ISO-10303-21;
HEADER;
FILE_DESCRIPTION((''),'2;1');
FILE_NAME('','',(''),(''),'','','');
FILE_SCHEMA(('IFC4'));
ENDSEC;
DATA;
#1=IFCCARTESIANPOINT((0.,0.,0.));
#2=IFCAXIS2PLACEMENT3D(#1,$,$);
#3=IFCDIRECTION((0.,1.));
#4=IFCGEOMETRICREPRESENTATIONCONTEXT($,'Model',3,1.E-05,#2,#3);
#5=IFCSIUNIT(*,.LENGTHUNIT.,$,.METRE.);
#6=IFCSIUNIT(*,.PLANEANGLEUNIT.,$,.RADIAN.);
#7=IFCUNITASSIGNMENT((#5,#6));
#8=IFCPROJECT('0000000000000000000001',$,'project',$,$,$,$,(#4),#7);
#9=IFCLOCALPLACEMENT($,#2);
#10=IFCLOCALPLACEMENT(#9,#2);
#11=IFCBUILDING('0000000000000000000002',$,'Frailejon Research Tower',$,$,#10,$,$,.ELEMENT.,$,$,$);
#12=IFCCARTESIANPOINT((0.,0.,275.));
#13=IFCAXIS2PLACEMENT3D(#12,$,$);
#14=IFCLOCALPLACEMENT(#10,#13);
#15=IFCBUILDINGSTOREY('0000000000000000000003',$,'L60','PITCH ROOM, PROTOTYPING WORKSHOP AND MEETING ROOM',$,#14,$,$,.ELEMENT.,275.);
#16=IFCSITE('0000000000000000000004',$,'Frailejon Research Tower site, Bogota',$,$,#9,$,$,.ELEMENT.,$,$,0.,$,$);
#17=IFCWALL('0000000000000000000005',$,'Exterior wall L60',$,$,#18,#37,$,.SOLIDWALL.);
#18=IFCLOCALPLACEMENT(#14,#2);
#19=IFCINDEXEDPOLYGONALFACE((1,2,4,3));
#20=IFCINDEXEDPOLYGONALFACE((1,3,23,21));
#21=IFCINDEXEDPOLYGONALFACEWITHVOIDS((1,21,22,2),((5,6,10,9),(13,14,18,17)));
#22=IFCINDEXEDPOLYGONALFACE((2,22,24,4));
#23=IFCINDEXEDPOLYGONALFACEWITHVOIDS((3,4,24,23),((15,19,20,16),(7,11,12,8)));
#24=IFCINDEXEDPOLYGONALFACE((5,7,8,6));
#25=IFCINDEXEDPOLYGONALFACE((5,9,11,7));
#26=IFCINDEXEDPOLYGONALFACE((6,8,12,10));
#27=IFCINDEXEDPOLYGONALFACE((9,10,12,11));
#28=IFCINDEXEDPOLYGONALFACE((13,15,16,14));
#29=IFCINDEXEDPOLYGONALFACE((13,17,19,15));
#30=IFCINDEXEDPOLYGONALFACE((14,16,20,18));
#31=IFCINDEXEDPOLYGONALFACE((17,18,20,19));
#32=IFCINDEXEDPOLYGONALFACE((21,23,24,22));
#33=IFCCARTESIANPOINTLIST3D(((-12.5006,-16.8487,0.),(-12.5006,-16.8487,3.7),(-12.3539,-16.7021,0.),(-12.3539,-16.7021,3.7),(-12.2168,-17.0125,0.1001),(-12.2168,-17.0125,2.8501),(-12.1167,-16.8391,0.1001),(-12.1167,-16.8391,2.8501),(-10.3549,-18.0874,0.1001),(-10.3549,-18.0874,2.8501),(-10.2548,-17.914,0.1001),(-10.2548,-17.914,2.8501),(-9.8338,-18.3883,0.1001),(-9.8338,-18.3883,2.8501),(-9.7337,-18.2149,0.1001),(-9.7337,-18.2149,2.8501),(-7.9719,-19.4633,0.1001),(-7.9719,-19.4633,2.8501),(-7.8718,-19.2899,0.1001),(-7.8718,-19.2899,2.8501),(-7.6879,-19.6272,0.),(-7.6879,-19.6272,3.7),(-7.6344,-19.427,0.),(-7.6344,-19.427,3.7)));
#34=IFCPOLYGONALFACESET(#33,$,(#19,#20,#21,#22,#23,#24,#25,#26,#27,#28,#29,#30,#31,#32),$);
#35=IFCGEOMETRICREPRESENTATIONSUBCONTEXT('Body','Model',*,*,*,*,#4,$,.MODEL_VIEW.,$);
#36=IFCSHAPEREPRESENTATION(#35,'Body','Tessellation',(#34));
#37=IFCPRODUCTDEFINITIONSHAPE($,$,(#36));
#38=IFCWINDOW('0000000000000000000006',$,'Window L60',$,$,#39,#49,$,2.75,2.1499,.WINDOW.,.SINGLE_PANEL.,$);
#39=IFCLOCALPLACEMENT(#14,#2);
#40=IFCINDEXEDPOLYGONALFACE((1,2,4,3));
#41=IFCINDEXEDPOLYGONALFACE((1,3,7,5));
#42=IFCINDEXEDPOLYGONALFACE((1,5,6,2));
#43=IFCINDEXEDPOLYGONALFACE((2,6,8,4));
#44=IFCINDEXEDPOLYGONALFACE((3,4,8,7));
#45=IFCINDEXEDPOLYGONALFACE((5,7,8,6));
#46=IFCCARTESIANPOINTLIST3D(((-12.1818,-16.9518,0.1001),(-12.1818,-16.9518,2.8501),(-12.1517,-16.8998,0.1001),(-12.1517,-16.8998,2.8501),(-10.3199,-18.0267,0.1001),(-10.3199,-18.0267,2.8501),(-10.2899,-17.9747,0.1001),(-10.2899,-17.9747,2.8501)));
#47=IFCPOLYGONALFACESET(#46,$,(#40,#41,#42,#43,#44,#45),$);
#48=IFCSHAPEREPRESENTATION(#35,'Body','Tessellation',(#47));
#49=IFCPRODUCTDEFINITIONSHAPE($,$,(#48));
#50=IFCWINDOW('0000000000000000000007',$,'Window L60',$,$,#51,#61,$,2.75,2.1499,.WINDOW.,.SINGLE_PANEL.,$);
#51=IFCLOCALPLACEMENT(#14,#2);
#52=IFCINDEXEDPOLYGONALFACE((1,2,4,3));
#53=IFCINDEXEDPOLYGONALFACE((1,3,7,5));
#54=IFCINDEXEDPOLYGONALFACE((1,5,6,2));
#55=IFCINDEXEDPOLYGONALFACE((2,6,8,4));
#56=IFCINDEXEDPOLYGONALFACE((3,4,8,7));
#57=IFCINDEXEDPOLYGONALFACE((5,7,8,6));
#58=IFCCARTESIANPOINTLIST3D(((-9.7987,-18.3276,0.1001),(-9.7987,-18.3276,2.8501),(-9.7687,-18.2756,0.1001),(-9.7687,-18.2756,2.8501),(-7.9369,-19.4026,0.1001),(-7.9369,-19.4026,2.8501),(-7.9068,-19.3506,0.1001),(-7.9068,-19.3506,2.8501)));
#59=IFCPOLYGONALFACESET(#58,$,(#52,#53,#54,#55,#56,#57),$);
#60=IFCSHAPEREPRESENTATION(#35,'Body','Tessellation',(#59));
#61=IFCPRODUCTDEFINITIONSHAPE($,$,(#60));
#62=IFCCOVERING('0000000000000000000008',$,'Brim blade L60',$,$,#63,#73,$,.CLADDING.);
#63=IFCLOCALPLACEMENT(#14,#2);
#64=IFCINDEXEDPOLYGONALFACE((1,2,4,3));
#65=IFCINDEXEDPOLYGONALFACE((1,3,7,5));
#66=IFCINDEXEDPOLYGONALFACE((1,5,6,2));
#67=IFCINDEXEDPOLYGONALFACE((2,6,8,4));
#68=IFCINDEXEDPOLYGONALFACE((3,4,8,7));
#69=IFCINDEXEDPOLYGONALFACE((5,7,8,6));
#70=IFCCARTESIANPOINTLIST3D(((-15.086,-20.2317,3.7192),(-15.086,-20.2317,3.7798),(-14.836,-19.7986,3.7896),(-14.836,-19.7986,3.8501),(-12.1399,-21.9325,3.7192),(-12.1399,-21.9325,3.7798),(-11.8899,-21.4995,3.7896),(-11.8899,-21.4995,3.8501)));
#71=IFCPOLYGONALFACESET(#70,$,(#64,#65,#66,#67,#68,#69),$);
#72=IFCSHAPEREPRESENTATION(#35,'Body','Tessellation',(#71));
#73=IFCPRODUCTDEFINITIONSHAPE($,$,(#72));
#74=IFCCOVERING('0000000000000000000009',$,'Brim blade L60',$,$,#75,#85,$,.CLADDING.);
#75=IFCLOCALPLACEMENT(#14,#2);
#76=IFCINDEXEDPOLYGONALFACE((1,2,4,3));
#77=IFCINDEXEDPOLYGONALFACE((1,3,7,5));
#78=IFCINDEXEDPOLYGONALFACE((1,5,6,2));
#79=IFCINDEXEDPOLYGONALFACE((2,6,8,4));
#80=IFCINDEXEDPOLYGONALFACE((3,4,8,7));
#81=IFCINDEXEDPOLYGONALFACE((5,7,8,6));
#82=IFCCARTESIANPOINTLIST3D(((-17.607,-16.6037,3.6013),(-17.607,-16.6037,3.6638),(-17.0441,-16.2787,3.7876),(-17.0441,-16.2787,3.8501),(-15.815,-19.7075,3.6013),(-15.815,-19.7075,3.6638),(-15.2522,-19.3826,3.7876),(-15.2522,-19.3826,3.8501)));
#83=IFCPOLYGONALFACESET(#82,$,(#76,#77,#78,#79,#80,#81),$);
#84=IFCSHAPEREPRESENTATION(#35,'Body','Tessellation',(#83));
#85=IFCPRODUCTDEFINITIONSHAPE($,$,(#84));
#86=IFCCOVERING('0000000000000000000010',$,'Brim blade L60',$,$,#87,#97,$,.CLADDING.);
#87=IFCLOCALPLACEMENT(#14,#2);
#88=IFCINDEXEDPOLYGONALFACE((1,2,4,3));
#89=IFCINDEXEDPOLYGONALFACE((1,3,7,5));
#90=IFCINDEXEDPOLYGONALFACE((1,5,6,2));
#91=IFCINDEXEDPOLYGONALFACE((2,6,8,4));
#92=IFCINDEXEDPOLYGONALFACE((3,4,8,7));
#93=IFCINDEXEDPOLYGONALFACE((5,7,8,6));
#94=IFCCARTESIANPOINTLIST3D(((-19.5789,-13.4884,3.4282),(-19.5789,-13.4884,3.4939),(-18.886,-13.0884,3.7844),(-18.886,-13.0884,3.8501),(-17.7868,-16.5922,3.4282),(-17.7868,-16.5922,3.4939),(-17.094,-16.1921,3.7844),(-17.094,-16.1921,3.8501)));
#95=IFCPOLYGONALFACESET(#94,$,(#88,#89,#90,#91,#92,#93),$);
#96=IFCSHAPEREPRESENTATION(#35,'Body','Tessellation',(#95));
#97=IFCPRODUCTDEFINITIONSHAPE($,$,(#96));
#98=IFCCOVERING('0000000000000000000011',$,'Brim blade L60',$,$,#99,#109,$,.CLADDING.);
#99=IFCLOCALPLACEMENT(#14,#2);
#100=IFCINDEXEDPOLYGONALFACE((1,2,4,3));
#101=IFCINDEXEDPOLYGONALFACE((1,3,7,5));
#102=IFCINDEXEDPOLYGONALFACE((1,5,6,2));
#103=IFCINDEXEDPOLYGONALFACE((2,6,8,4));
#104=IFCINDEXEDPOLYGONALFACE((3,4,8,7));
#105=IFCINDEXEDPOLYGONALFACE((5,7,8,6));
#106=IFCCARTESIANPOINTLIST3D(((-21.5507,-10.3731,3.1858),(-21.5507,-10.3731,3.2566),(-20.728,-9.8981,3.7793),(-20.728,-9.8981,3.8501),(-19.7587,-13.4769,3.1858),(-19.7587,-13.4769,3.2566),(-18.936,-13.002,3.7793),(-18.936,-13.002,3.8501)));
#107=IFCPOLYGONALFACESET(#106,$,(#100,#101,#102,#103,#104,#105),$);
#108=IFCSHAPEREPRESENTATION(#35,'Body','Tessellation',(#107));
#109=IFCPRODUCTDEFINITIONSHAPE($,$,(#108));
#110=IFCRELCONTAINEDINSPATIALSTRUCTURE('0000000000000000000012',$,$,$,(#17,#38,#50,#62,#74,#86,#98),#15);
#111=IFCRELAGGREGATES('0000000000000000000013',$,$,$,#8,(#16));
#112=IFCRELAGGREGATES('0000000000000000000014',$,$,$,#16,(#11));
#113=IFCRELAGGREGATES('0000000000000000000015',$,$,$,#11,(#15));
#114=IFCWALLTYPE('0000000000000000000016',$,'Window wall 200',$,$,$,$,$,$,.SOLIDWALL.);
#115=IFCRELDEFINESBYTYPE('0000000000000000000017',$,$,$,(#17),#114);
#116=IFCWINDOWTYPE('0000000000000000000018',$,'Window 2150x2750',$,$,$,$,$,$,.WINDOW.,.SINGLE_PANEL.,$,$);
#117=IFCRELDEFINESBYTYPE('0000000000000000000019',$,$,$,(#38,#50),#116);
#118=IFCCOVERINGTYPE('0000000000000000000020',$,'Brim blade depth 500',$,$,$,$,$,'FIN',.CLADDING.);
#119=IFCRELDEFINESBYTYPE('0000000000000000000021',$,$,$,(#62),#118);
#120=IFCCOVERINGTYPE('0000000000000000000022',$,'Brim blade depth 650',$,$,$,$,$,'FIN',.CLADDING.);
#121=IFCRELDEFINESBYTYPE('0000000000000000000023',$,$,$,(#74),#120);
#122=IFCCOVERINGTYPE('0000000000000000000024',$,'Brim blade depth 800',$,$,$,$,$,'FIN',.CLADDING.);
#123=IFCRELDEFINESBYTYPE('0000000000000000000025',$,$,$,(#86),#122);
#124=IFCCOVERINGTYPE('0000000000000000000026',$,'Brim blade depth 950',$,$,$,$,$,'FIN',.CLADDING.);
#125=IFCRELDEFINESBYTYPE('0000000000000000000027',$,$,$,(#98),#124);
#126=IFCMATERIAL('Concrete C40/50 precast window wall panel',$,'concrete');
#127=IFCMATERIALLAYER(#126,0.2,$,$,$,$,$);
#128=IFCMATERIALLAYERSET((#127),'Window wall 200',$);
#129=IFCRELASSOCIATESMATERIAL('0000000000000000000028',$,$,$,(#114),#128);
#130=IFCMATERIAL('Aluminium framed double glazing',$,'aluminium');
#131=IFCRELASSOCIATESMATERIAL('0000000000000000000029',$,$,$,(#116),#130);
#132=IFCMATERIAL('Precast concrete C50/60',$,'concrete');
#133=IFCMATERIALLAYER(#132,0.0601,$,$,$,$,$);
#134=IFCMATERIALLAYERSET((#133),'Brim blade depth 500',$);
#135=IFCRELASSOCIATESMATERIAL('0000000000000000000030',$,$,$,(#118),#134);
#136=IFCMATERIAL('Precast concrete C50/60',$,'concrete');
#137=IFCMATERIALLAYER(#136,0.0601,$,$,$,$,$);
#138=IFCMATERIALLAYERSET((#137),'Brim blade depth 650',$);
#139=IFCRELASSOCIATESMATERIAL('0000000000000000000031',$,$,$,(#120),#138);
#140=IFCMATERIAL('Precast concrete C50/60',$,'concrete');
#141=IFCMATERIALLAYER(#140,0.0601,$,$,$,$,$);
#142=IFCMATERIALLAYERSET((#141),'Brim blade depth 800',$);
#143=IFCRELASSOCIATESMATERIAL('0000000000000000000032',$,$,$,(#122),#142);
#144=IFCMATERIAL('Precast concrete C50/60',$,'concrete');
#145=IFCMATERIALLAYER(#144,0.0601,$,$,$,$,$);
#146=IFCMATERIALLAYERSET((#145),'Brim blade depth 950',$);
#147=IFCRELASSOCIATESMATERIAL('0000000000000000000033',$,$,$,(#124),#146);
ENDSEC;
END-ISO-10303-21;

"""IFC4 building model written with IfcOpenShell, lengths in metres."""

from ifc_helpers import new_model, si_unit, direction, frame, frame_2d, origin, place, context, subcontext, project, spatial, polyline, rectangle, outline, extrude, material, layer, layer_set, type_object, element, fill, save


model = new_model("IFC4")

# Units and contexts
model_context = context("Model", 3, precision=1e-05, world=origin(), true_north=direction((0.0, 1.0)))
body_context = subcontext(model_context, "Body", "Model", "MODEL_VIEW")
ifc_project = project(units=[si_unit("LENGTHUNIT", "METRE"), si_unit("PLANEANGLEUNIT", "RADIAN")], contexts=[model_context])

# Site, building, storey
site_placement = place(None, origin())
site = spatial("IfcSite", under=ifc_project, at=site_placement, Name="Frailejon Research Tower site, Bogota", CompositionType="ELEMENT", RefElevation=0.0)
building_placement = place(site_placement, origin())
building = spatial("IfcBuilding", under=site, at=building_placement, Name="Frailejon Research Tower", CompositionType="ELEMENT")
storey_placement = place(building_placement, frame((0.0, 0.0, 275.0)))
storey = spatial("IfcBuildingStorey", under=building, at=storey_placement, Name="L60", Description="PITCH ROOM, PROTOTYPING WORKSHOP AND MEETING ROOM", CompositionType="ELEMENT", Elevation=275.0)

# Wall, openings, windows
ifc_material_1 = material(Name="Concrete C40/50 precast window wall panel", Category="concrete")
ifc_layer_1 = layer(ifc_material_1, 0.2)
ifc_layer_set_1 = layer_set([ifc_layer_1], Name="Window wall 200")
wall_type_1 = type_object("IfcWallType", Name="Window wall 200", PredefinedType="SOLIDWALL", material=ifc_layer_set_1)
wall_1_placement = place(storey_placement, frame((-12.4272, -16.7754, 0.0), z_axis=(0.0, 0.0, 1.0), x_axis=(0.866026, -0.499999, 0.0)))
wall_1 = element("IfcWall", 1, at=wall_1_placement, inside=storey, type_object=wall_type_1, Name="Exterior wall L60", PredefinedType="SOLIDWALL", context=body_context, shape_type="SweptSolid", body=[
    extrude(outline(polyline([(-0.0269, -0.1001), (1.0845, -0.1001), (2.196, -0.1001), (3.3074, -0.1001), (4.4189, -0.1001), (5.5303, -0.1001), (5.4766, 0.1001), (4.3867, 0.1001), (3.2966, 0.1001), (2.2068, 0.1001), (1.1167, 0.1001), (0.0269, 0.1001), (-0.0269, -0.1001)])), origin(), (0.0, 0.0, 1.0), 3.7),
])
opening_1_placement = place(wall_1_placement, frame((0.3008, 0.0, 0.1001)))
opening_1 = element("IfcOpeningElement", 2, at=opening_1_placement, cuts=wall_1, PredefinedType="OPENING", context=body_context, shape_type="SweptSolid", body=[
    extrude(rectangle(XDim=2.1499, YDim=2.75, at=frame_2d((1.075, 1.375))), frame((0.0, 0.1099, 0.0), z_axis=(0.0, -1.0, 0.0), x_axis=(1.0, 0.0, 0.0)), (0.0, 0.0, 1.0), 0.22),
])
opening_2_placement = place(wall_1_placement, frame((3.0525, 0.0, 0.1001)))
opening_2 = element("IfcOpeningElement", 3, at=opening_2_placement, cuts=wall_1, PredefinedType="OPENING", context=body_context, shape_type="SweptSolid", body=[
    extrude(rectangle(XDim=2.1499, YDim=2.75, at=frame_2d((1.075, 1.375))), frame((0.0, 0.1099, 0.0), z_axis=(0.0, -1.0, 0.0), x_axis=(1.0, 0.0, 0.0)), (0.0, 0.0, 1.0), 0.22),
])
ifc_material_2 = material(Name="Aluminium framed double glazing", Category="aluminium")
window_type = type_object("IfcWindowType", Name="Window 2150x2750", PartitioningType="SINGLE_PANEL", PredefinedType="WINDOW", material=ifc_material_2)
window_1_placement = place(opening_1_placement, origin())
window_1 = element("IfcWindow", 4, at=window_1_placement, inside=storey, type_object=window_type, Name="Window L60", OverallHeight=2.75, OverallWidth=2.1499, PartitioningType="SINGLE_PANEL", PredefinedType="WINDOW", context=body_context, shape_type="SweptSolid", body=[
    extrude(rectangle(XDim=2.1499, YDim=2.75, at=frame_2d((1.075, 1.375))), frame((0.0, 0.03, 0.0), z_axis=(0.0, -1.0, 0.0), x_axis=(1.0, 0.0, 0.0)), (0.0, 0.0, 1.0), 0.0601),
])
fill(opening_1, window_1)
window_2_placement = place(opening_2_placement, origin())
window_2 = element("IfcWindow", 5, at=window_2_placement, inside=storey, type_object=window_type, Name="Window L60", OverallHeight=2.75, OverallWidth=2.1499, PartitioningType="SINGLE_PANEL", PredefinedType="WINDOW", context=body_context, shape_type="SweptSolid", body=[
    extrude(rectangle(XDim=2.1499, YDim=2.75, at=frame_2d((1.075, 1.375))), frame((0.0, 0.03, 0.0), z_axis=(0.0, -1.0, 0.0), x_axis=(1.0, 0.0, 0.0)), (0.0, 0.0, 1.0), 0.0601),
])
fill(opening_2, window_2)

# Coverings
ifc_material_3 = material(Name="Precast concrete C50/60", Category="concrete")
ifc_layer_2 = layer(ifc_material_3, 0.0601)
ifc_layer_set_2 = layer_set([ifc_layer_2], Name="Brim blade depth 500")
covering_type_1 = type_object("IfcCoveringType", Name="Brim blade depth 500", ElementType="FIN", PredefinedType="CLADDING", material=ifc_layer_set_2)
covering_1_placement = place(storey_placement, frame((-11.8899, -21.4995, 3.8501), z_axis=(-0.866036, 0.499981, 0.0), x_axis=(-0.499981, -0.866036, 0.0)))
element("IfcCovering", 6, at=covering_1_placement, inside=storey, type_object=covering_type_1, Name="Brim blade L60", PredefinedType="CLADDING", context=body_context, shape_type="SweptSolid", body=[
    extrude(outline(polyline([(0.0, -0.0605), (0.5, -0.1309), (0.5, -0.0703), (0.0, 0.0), (0.0, -0.0605)])), origin(), (0.0, 0.0, 1.0), 3.4019),
])
ifc_material_4 = material(Name="Precast concrete C50/60", Category="concrete")
ifc_layer_3 = layer(ifc_material_4, 0.0601)
ifc_layer_set_3 = layer_set([ifc_layer_3], Name="Brim blade depth 650")
covering_type_2 = type_object("IfcCoveringType", Name="Brim blade depth 650", ElementType="FIN", PredefinedType="CLADDING", material=ifc_layer_set_3)
covering_2_placement = place(storey_placement, frame((-15.2522, -19.3826, 3.8501), z_axis=(-0.499984, 0.866035, 0.0), x_axis=(-0.866035, -0.499984, 0.0)))
element("IfcCovering", 7, at=covering_2_placement, inside=storey, type_object=covering_type_2, Name="Brim blade L60", PredefinedType="CLADDING", context=body_context, shape_type="SweptSolid", body=[
    extrude(outline(polyline([(0.0, -0.0625), (0.6499, -0.2488), (0.6499, -0.1863), (0.0, 0.0), (0.0, -0.0625)])), origin(), (0.0, 0.0, 1.0), 3.584),
])
ifc_material_5 = material(Name="Precast concrete C50/60", Category="concrete")
ifc_layer_4 = layer(ifc_material_5, 0.0601)
ifc_layer_set_4 = layer_set([ifc_layer_4], Name="Brim blade depth 800")
covering_type_3 = type_object("IfcCoveringType", Name="Brim blade depth 800", ElementType="FIN", PredefinedType="CLADDING", material=ifc_layer_set_4)
covering_3_placement = place(storey_placement, frame((-17.094, -16.1921, 3.8501), z_axis=(-0.500016, 0.866016, 0.0), x_axis=(-0.866016, -0.500016, 0.0)))
element("IfcCovering", 8, at=covering_3_placement, inside=storey, type_object=covering_type_3, Name="Brim blade L60", PredefinedType="CLADDING", context=body_context, shape_type="SweptSolid", body=[
    extrude(outline(polyline([(0.0, -0.0657), (0.8, -0.4219), (0.8, -0.3562), (0.0, 0.0), (0.0, -0.0657)])), origin(), (0.0, 0.0, 1.0), 3.584),
])
ifc_material_6 = material(Name="Precast concrete C50/60", Category="concrete")
ifc_layer_5 = layer(ifc_material_6, 0.0601)
ifc_layer_set_5 = layer_set([ifc_layer_5], Name="Brim blade depth 950")
covering_type_4 = type_object("IfcCoveringType", Name="Brim blade depth 950", ElementType="FIN", PredefinedType="CLADDING", material=ifc_layer_set_5)
covering_4_placement = place(storey_placement, frame((-18.936, -13.002, 3.8501), z_axis=(-0.499984, 0.866035, 0.0), x_axis=(-0.866035, -0.499984, 0.0)))
element("IfcCovering", 9, at=covering_4_placement, inside=storey, type_object=covering_type_4, Name="Brim blade L60", PredefinedType="CLADDING", context=body_context, shape_type="SweptSolid", body=[
    extrude(outline(polyline([(0.0, -0.0708), (0.95, -0.6643), (0.95, -0.5935), (0.0, 0.0), (0.0, -0.0708)])), origin(), (0.0, 0.0, 1.0), 3.584),
])

save(model, "model.ifc")
